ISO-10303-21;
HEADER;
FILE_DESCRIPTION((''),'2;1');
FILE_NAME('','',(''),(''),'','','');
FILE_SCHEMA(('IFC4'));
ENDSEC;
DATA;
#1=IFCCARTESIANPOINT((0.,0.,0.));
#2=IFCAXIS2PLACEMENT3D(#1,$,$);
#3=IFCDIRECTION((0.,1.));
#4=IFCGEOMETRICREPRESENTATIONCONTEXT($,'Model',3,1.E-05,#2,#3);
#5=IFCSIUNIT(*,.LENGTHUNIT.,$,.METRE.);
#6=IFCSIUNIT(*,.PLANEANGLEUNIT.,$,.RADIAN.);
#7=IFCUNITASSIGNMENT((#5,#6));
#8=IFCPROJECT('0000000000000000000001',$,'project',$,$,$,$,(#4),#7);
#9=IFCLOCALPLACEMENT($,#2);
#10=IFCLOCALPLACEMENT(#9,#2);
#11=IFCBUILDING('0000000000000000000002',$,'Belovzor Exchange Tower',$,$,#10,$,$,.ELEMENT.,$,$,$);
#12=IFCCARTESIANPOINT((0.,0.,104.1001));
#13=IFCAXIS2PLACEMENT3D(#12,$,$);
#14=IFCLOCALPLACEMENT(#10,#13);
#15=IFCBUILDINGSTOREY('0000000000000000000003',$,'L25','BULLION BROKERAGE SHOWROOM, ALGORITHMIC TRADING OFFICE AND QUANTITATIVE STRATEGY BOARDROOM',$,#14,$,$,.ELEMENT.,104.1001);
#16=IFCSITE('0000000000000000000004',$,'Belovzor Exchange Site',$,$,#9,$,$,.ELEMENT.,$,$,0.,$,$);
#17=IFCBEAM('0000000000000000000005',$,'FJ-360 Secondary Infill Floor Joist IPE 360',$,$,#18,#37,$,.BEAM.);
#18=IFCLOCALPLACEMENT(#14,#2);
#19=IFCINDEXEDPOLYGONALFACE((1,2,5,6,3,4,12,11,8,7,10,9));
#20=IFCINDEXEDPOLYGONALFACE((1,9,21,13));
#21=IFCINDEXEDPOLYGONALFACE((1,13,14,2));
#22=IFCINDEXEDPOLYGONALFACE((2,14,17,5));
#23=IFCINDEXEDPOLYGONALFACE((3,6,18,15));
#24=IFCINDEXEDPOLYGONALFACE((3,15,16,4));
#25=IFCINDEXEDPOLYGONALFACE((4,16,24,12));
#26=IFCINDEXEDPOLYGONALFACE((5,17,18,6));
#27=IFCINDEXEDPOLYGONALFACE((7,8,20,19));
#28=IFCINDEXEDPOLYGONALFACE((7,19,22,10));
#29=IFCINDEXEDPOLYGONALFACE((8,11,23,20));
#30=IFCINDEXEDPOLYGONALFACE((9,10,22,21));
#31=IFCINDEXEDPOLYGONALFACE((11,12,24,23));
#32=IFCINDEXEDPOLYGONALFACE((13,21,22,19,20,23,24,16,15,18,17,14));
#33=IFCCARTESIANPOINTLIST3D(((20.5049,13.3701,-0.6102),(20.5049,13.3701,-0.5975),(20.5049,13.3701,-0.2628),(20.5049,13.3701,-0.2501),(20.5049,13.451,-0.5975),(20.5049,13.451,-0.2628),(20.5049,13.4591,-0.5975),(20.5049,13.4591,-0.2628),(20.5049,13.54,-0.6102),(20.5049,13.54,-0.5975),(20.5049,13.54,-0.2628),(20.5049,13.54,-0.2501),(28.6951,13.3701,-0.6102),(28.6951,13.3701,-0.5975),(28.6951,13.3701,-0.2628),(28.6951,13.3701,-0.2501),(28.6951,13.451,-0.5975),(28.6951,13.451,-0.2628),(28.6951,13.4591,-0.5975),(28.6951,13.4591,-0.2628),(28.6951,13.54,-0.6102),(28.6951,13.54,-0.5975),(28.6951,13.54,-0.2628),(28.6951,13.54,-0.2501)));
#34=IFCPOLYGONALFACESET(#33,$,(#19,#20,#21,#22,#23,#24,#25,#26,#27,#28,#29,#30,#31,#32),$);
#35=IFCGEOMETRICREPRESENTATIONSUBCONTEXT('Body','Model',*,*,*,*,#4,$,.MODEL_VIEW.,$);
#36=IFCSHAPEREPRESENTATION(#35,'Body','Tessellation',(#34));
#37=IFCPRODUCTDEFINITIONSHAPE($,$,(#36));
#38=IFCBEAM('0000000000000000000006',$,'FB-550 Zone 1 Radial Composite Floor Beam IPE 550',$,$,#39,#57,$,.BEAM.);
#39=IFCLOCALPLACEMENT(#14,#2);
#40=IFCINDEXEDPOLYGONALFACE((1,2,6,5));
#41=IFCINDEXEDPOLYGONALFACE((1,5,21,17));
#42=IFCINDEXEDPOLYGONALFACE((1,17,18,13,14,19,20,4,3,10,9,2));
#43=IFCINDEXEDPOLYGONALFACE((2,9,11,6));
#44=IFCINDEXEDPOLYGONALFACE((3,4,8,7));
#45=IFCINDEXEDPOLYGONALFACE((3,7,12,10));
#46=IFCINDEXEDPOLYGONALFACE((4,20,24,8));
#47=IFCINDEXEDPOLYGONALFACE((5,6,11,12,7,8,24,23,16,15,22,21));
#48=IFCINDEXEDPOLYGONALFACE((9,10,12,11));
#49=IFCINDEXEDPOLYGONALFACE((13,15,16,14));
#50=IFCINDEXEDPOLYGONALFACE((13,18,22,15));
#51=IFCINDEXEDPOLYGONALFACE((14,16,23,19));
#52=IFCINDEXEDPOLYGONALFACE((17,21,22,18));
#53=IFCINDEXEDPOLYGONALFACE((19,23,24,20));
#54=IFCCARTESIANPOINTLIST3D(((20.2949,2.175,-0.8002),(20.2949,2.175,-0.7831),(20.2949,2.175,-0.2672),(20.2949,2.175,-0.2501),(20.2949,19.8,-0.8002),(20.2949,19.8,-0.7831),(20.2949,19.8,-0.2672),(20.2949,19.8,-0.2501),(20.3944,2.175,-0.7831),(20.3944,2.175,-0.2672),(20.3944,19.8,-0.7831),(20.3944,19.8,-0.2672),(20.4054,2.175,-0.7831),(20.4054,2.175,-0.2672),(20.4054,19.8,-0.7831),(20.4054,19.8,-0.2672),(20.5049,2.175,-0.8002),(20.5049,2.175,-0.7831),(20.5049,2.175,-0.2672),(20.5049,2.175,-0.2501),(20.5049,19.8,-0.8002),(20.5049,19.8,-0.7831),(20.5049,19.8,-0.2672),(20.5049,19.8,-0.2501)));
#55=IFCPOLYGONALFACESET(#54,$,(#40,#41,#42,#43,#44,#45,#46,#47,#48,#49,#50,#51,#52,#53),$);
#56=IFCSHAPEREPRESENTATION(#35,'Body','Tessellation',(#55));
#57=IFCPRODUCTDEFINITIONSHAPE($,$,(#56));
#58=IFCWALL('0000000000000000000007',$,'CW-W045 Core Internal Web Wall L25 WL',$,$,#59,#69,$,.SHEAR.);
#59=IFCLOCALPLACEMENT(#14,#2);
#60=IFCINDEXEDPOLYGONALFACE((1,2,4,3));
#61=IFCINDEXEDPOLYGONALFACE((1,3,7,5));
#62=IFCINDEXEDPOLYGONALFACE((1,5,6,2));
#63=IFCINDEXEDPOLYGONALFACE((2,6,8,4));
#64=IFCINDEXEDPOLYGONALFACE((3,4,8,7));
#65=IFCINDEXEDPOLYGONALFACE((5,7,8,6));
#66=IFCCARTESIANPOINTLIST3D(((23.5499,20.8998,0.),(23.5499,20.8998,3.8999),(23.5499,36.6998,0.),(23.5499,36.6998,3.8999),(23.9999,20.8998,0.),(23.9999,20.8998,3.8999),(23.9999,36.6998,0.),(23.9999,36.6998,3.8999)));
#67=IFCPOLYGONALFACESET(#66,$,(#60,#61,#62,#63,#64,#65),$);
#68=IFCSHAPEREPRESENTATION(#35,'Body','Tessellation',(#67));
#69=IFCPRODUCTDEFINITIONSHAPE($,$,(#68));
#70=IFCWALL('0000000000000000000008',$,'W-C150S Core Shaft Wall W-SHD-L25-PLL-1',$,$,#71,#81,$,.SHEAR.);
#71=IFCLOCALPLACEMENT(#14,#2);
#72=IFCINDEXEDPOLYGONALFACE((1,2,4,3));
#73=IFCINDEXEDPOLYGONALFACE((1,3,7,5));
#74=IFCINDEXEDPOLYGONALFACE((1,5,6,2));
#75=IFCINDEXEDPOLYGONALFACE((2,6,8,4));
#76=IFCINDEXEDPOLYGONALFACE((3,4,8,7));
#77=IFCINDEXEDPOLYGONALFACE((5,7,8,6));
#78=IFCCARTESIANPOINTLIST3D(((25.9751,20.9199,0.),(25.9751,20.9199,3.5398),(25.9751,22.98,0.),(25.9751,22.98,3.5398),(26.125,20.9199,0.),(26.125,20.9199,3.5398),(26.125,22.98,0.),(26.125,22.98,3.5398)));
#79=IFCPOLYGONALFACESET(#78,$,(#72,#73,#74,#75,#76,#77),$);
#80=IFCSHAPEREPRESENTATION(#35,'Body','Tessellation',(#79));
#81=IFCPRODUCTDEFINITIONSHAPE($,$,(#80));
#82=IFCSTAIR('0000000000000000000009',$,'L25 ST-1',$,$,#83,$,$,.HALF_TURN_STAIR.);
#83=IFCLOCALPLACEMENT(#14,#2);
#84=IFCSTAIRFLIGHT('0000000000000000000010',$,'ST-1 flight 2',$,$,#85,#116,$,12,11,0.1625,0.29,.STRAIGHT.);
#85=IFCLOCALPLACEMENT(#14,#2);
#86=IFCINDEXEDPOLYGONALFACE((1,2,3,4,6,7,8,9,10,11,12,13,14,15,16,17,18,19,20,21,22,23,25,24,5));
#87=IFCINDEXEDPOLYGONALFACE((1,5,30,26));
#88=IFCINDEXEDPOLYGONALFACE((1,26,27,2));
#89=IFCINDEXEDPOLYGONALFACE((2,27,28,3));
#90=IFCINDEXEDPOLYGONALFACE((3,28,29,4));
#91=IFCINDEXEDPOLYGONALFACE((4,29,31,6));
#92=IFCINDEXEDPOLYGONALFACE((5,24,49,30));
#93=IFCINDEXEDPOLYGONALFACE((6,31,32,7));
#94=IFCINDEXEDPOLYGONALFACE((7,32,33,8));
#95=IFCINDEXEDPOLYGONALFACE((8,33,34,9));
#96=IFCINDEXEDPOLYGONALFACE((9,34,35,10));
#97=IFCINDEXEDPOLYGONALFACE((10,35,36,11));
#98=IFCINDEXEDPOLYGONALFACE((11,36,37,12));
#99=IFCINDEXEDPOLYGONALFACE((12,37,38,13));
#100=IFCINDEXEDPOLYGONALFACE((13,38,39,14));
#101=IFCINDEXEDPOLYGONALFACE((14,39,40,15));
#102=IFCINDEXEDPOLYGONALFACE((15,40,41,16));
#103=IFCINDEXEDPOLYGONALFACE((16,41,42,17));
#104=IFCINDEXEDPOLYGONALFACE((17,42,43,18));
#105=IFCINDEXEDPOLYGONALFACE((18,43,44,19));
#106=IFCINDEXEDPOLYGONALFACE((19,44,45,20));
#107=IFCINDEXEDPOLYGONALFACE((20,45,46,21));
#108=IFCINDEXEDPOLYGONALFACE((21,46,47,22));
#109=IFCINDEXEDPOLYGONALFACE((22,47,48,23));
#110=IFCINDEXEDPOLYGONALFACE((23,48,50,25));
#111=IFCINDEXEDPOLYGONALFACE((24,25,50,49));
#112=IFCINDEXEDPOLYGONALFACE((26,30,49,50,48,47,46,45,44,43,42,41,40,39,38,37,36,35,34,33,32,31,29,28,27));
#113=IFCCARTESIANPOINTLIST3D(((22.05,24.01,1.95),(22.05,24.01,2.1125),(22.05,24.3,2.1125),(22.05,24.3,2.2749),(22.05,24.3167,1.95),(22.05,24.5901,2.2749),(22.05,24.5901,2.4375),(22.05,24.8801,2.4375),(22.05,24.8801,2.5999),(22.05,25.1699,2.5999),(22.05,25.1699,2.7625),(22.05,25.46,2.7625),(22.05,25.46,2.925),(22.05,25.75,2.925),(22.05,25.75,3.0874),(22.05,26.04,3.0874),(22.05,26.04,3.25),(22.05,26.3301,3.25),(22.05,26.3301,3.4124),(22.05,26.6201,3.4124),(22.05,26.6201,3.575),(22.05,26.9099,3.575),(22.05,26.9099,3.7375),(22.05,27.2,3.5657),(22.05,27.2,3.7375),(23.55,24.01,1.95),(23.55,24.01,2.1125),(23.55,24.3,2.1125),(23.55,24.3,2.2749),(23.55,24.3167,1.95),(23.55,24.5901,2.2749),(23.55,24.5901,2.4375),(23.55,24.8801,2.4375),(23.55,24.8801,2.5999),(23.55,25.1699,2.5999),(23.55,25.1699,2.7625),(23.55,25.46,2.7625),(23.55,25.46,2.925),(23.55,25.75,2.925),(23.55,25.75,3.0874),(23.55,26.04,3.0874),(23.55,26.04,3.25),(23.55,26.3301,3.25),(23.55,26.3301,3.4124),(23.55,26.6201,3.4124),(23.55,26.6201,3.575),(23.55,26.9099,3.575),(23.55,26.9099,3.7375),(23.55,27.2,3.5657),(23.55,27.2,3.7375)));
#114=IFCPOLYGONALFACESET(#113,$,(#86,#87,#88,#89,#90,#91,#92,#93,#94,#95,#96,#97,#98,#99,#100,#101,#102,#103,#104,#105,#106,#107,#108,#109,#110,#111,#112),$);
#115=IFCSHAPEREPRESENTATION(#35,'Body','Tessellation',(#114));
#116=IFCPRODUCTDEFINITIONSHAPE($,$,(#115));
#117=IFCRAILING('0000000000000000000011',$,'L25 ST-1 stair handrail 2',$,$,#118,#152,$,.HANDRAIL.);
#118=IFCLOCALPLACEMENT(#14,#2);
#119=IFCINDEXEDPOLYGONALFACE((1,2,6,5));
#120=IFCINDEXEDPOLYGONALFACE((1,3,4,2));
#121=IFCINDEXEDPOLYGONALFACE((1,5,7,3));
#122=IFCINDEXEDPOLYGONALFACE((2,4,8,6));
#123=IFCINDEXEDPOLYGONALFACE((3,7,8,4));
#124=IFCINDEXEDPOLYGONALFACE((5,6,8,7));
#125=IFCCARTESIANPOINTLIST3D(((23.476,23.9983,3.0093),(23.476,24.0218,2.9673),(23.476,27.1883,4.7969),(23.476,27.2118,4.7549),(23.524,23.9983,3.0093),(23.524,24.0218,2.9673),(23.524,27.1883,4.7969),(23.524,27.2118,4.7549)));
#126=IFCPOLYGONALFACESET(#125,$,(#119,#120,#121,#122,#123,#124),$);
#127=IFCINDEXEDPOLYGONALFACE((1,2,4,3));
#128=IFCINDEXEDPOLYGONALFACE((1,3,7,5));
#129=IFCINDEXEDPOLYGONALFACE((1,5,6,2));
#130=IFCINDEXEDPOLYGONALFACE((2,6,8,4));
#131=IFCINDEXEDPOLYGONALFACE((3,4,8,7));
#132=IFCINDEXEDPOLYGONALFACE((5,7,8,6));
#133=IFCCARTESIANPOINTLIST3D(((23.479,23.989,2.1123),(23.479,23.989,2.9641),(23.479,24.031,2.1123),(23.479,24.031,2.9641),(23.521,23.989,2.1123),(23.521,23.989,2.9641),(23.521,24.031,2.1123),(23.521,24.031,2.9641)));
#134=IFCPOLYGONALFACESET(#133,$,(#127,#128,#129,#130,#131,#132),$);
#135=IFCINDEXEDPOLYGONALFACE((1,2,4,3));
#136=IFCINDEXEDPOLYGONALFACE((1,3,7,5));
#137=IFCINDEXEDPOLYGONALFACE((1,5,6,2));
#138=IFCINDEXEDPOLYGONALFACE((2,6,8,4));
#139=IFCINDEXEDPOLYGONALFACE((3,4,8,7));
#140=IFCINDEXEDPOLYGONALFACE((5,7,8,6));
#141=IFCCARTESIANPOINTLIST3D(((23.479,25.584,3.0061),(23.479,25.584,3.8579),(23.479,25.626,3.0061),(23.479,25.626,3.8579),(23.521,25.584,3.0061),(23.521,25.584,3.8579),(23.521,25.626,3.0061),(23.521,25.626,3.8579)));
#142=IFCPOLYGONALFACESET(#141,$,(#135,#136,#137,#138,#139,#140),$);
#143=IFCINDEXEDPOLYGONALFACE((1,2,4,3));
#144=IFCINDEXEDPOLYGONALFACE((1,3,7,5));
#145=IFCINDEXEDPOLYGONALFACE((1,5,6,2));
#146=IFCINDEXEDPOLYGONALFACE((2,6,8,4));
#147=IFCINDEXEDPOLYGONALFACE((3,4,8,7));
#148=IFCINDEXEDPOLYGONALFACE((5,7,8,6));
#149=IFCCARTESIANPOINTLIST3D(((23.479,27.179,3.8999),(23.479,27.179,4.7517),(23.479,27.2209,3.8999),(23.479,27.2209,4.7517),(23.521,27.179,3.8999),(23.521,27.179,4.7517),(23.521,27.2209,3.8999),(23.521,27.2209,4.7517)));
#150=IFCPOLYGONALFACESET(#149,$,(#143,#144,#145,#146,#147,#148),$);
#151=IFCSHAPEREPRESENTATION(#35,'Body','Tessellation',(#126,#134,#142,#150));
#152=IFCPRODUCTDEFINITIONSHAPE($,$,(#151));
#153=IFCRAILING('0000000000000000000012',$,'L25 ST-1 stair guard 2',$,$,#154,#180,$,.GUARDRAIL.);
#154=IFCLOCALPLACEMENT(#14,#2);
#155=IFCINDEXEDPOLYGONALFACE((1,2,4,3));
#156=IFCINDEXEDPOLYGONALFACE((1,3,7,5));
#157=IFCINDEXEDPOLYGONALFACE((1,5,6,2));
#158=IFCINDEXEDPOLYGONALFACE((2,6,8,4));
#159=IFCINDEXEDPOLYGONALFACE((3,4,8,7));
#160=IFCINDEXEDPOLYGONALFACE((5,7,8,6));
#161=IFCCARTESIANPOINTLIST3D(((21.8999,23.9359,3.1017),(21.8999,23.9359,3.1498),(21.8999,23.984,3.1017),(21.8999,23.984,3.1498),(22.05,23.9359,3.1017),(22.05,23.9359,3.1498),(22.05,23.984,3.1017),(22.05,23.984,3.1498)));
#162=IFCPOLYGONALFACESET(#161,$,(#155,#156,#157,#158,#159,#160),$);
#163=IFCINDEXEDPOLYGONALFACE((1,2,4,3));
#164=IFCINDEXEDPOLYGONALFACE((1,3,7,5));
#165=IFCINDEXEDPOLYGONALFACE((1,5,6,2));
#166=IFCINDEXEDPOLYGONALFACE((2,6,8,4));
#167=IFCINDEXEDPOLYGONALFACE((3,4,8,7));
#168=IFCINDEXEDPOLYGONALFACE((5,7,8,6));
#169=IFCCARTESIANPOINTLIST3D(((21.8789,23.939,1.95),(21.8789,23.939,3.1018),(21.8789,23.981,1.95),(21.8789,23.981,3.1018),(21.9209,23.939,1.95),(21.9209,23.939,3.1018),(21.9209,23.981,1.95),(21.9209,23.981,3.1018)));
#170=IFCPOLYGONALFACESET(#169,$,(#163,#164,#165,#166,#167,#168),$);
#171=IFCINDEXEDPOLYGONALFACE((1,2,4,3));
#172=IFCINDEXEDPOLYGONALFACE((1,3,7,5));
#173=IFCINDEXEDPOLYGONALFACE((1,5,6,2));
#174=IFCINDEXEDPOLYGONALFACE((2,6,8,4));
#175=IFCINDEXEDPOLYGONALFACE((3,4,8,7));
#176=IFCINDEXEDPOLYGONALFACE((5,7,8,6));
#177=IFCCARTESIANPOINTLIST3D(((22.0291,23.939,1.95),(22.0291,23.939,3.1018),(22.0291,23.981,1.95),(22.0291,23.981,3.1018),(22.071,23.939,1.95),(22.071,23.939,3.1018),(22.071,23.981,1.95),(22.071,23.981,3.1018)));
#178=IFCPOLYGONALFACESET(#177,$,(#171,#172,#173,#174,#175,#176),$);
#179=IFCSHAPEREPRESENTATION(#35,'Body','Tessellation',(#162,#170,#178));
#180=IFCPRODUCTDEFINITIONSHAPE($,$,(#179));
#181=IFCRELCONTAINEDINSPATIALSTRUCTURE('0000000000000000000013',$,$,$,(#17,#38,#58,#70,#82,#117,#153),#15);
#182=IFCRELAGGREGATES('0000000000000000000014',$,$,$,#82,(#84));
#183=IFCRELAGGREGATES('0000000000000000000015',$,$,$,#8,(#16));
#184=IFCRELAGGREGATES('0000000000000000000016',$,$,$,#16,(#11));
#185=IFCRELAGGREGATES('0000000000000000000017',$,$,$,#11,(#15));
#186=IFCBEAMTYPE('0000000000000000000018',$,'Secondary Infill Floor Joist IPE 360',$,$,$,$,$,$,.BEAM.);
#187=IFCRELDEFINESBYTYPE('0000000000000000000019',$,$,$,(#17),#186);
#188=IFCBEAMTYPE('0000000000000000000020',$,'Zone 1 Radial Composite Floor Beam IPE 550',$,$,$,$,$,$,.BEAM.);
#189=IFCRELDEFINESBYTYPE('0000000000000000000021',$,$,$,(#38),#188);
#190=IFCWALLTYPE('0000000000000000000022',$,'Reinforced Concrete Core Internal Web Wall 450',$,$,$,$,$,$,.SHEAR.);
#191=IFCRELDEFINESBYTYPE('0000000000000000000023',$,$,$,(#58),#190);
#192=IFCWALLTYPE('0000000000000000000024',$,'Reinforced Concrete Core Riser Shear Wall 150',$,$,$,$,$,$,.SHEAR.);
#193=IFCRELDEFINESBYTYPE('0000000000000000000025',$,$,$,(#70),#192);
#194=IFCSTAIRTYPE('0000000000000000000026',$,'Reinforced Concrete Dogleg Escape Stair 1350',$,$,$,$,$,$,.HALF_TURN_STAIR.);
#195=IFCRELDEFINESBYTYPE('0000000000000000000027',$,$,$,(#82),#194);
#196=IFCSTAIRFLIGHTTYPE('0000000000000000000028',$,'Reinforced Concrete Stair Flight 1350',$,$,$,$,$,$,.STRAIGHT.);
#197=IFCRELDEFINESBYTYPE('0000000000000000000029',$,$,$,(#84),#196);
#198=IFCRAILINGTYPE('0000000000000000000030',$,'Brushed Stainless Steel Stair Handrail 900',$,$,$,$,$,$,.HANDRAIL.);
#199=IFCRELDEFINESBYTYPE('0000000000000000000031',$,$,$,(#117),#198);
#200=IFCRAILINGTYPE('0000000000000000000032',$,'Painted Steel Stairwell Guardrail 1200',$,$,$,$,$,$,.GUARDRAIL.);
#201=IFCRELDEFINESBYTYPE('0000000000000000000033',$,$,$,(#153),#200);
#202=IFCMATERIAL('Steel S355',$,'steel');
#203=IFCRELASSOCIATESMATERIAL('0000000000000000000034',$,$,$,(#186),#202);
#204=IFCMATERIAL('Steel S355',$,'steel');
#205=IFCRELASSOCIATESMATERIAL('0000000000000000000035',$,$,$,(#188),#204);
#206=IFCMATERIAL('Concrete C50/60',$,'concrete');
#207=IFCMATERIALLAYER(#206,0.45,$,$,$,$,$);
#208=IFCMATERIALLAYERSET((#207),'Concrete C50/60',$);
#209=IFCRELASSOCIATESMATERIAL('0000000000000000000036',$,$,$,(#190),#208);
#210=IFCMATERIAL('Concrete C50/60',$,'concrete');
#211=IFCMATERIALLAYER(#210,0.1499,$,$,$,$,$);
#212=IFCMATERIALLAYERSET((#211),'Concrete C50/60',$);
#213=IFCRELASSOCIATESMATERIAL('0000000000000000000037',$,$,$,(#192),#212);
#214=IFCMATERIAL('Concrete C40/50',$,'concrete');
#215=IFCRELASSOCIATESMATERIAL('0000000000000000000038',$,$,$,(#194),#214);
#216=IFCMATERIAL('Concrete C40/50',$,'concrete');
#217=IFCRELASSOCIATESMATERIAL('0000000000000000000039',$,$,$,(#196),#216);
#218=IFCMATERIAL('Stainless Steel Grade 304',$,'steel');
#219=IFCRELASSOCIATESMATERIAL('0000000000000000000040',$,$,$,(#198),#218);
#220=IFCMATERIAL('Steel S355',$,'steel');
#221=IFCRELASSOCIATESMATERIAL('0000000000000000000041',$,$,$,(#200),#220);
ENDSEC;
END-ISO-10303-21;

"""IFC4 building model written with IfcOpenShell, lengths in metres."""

from ifc_helpers import new_model, si_unit, direction, frame, frame_2d, origin, origin_2d, place, context, subcontext, project, spatial, polyline, rectangle, i_section, outline, extrude, material, layer, layer_set, material_profile, profile_set, type_object, element, aggregate, save


model = new_model("IFC4")

# Units and contexts
model_context = context("Model", 3, precision=1e-05, world=origin(), true_north=direction((0.0, 1.0)))
body_context = subcontext(model_context, "Body", "Model", "MODEL_VIEW")
ifc_project = project(units=[si_unit("LENGTHUNIT", "METRE"), si_unit("PLANEANGLEUNIT", "RADIAN")], contexts=[model_context])

# Site, building, storey
site_placement = place(None, origin())
site = spatial("IfcSite", under=ifc_project, at=site_placement, Name="Belovzor Exchange Site", CompositionType="ELEMENT", RefElevation=0.0)
building_placement = place(site_placement, origin())
building = spatial("IfcBuilding", under=site, at=building_placement, Name="Belovzor Exchange Tower", CompositionType="ELEMENT")
storey_placement = place(building_placement, frame((0.0, 0.0, 104.1001)))
storey = spatial("IfcBuildingStorey", under=building, at=storey_placement, Name="L25", Description="BULLION BROKERAGE SHOWROOM, ALGORITHMIC TRADING OFFICE AND QUANTITATIVE STRATEGY BOARDROOM", CompositionType="ELEMENT", Elevation=104.1001)

# Beams
ifc_material_1 = material(Name="Steel S355", Category="steel")
ifc_material_profile_1 = material_profile(ifc_material_1, i_section(OverallWidth=0.1699, OverallDepth=0.3601, WebThickness=0.0081, FlangeThickness=0.0127, at=origin_2d()))
ifc_profile_set_1 = profile_set([ifc_material_profile_1], Name="Steel S355")
beam_type_1 = type_object("IfcBeamType", Name="Secondary Infill Floor Joist IPE 360", PredefinedType="BEAM", material=ifc_profile_set_1)
beam_1_placement = place(storey_placement, frame((20.5049, 13.4551, -0.4302), z_axis=(1.0, 0.0, 0.0), x_axis=(0.0, 1.0, 0.0)))
element("IfcBeam", 1, at=beam_1_placement, inside=storey, type_object=beam_type_1, Name="FJ-360 Secondary Infill Floor Joist IPE 360", PredefinedType="BEAM", context=body_context, shape_type="SweptSolid", body=[
    extrude(i_section(OverallWidth=0.1699, OverallDepth=0.3601, WebThickness=0.0081, FlangeThickness=0.0127, at=origin_2d()), origin(), (0.0, 0.0, 1.0), 8.1902),
])
ifc_material_2 = material(Name="Steel S355", Category="steel")
ifc_material_profile_2 = material_profile(ifc_material_2, i_section(OverallWidth=0.21, OverallDepth=0.55, WebThickness=0.011, FlangeThickness=0.0171, at=origin_2d()))
ifc_profile_set_2 = profile_set([ifc_material_profile_2], Name="Steel S355")
beam_type_2 = type_object("IfcBeamType", Name="Zone 1 Radial Composite Floor Beam IPE 550", PredefinedType="BEAM", material=ifc_profile_set_2)
beam_2_placement = place(storey_placement, frame((20.3999, 19.8, -0.5251), z_axis=(0.0, -1.0, 0.0), x_axis=(1.0, 0.0, 0.0)))
element("IfcBeam", 2, at=beam_2_placement, inside=storey, type_object=beam_type_2, Name="FB-550 Zone 1 Radial Composite Floor Beam IPE 550", PredefinedType="BEAM", context=body_context, shape_type="SweptSolid", body=[
    extrude(i_section(OverallWidth=0.21, OverallDepth=0.55, WebThickness=0.011, FlangeThickness=0.0171, at=origin_2d()), origin(), (0.0, 0.0, 1.0), 17.625),
])

# Walls
ifc_material_3 = material(Name="Concrete C50/60", Category="concrete")
ifc_layer_1 = layer(ifc_material_3, 0.45)
ifc_layer_set_1 = layer_set([ifc_layer_1], Name="Concrete C50/60")
wall_type_1 = type_object("IfcWallType", Name="Reinforced Concrete Core Internal Web Wall 450", PredefinedType="SHEAR", material=ifc_layer_set_1)
wall_1_placement = place(storey_placement, frame((23.7749, 20.8999, 0.0), z_axis=(0.0, 0.0, 1.0), x_axis=(0.0, 1.0, 0.0)))
element("IfcWall", 3, at=wall_1_placement, inside=storey, type_object=wall_type_1, Name="CW-W045 Core Internal Web Wall L25 WL", PredefinedType="SHEAR", context=body_context, shape_type="SweptSolid", body=[
    extrude(rectangle(XDim=15.8, YDim=0.45, at=frame_2d((7.8999, 0.0))), origin(), (0.0, 0.0, 1.0), 3.8999),
])
ifc_material_4 = material(Name="Concrete C50/60", Category="concrete")
ifc_layer_2 = layer(ifc_material_4, 0.1499)
ifc_layer_set_2 = layer_set([ifc_layer_2], Name="Concrete C50/60")
wall_type_2 = type_object("IfcWallType", Name="Reinforced Concrete Core Riser Shear Wall 150", PredefinedType="SHEAR", material=ifc_layer_set_2)
wall_2_placement = place(storey_placement, frame((26.05, 20.9199, 0.0), z_axis=(0.0, 0.0, 1.0), x_axis=(0.0, 1.0, 0.0)))
element("IfcWall", 4, at=wall_2_placement, inside=storey, type_object=wall_type_2, Name="W-C150S Core Shaft Wall W-SHD-L25-PLL-1", PredefinedType="SHEAR", context=body_context, shape_type="SweptSolid", body=[
    extrude(rectangle(XDim=2.0601, YDim=0.1499, at=frame_2d((1.03, 0.0))), origin(), (0.0, 0.0, 1.0), 3.5398),
])

# Stair, stair flight
ifc_material_5 = material(Name="Concrete C40/50", Category="concrete")
stair_type = type_object("IfcStairType", Name="Reinforced Concrete Dogleg Escape Stair 1350", PredefinedType="HALF_TURN_STAIR", material=ifc_material_5)
stair_placement = place(storey_placement, origin())
stair = element("IfcStair", 5, at=stair_placement, inside=storey, type_object=stair_type, Name="L25 ST-1", PredefinedType="HALF_TURN_STAIR")
ifc_material_6 = material(Name="Concrete C40/50", Category="concrete")
stair_flight_type = type_object("IfcStairFlightType", Name="Reinforced Concrete Stair Flight 1350", PredefinedType="STRAIGHT", material=ifc_material_6)
stair_flight_placement = place(storey_placement, frame((22.8, 24.01, 1.95), z_axis=(0.0, 0.0, 1.0), x_axis=(0.0, 1.0, 0.0)))
stair_flight = element("IfcStairFlight", 6, at=stair_flight_placement, type_object=stair_flight_type, Name="ST-1 flight 2", NumberOfRisers=12, NumberOfTreads=11, PredefinedType="STRAIGHT", RiserHeight=0.1625, TreadLength=0.29, context=body_context, shape_type="SweptSolid", body=[
    extrude(outline(polyline([(0.0, 0.0), (0.0, 0.1626), (0.29, 0.1626), (0.29, 0.325), (0.5801, 0.325), (0.5801, 0.4875), (0.8701, 0.4875), (0.8701, 0.6499), (1.1599, 0.6499), (1.1599, 0.8125), (1.45, 0.8125), (1.45, 0.9751), (1.74, 0.9751), (1.74, 1.1375), (2.03, 1.1375), (2.03, 1.3), (2.3201, 1.3), (2.3201, 1.4624), (2.6101, 1.4624), (2.6101, 1.625), (2.8999, 1.625), (2.8999, 1.7876), (3.1899, 1.7876), (3.1899, 1.95), (3.1899, 1.6157), (0.3066, 0.0), (0.0, 0.0)])), frame((0.0, 0.75, 0.0), z_axis=(0.0, -1.0, 0.0), x_axis=(1.0, 0.0, 0.0)), (0.0, 0.0, 1.0), 1.5),
])
aggregate(stair, [stair_flight])

# Railings
ifc_material_7 = material(Name="Stainless Steel Grade 304", Category="steel")
railing_type_1 = type_object("IfcRailingType", Name="Brushed Stainless Steel Stair Handrail 900", PredefinedType="HANDRAIL", material=ifc_material_7)
railing_1_placement = place(storey_placement, frame((23.5, 24.01, 2.1123)))
element("IfcRailing", 7, at=railing_1_placement, inside=storey, type_object=railing_type_1, Name="L25 ST-1 stair handrail 2", PredefinedType="HANDRAIL", context=body_context, shape_type="SweptSolid", body=[
    extrude(rectangle(XDim=0.0481, YDim=0.0481, at=origin_2d()), frame((0.0, 0.0, 0.876), z_axis=(0.0, 0.872363, 0.48886), x_axis=(-1.0, 0.0, 0.0)), (0.0, 0.0, 1.0), 3.6567),
    extrude(rectangle(XDim=0.042, YDim=0.042, at=origin_2d()), origin(), (0.0, 0.0, 1.0), 0.8518),
    extrude(rectangle(XDim=0.042, YDim=0.042, at=origin_2d()), frame((0.0, 1.595, 0.8938)), (0.0, 0.0, 1.0), 0.8518),
    extrude(rectangle(XDim=0.042, YDim=0.042, at=origin_2d()), frame((0.0, 3.1899, 1.7876)), (0.0, 0.0, 1.0), 0.8518),
])
ifc_material_8 = material(Name="Steel S355", Category="steel")
railing_type_2 = type_object("IfcRailingType", Name="Painted Steel Stairwell Guardrail 1200", PredefinedType="GUARDRAIL", material=ifc_material_8)
railing_2_placement = place(storey_placement, frame((21.8999, 23.96, 1.95)))
element("IfcRailing", 8, at=railing_2_placement, inside=storey, type_object=railing_type_2, Name="L25 ST-1 stair guard 2", PredefinedType="GUARDRAIL", context=body_context, shape_type="SweptSolid", body=[
    extrude(rectangle(XDim=0.0481, YDim=0.0481, at=origin_2d()), frame((0.0, 0.0, 1.1758), z_axis=(1.0, 0.0, 0.0), x_axis=(0.0, 1.0, 0.0)), (0.0, 0.0, 1.0), 0.1501),
    extrude(rectangle(XDim=0.042, YDim=0.042, at=origin_2d()), origin(), (0.0, 0.0, 1.0), 1.1519),
    extrude(rectangle(XDim=0.042, YDim=0.042, at=origin_2d()), frame((0.1501, 0.0, 0.0)), (0.0, 0.0, 1.0), 1.1519),
])

save(model, "model.ifc")
